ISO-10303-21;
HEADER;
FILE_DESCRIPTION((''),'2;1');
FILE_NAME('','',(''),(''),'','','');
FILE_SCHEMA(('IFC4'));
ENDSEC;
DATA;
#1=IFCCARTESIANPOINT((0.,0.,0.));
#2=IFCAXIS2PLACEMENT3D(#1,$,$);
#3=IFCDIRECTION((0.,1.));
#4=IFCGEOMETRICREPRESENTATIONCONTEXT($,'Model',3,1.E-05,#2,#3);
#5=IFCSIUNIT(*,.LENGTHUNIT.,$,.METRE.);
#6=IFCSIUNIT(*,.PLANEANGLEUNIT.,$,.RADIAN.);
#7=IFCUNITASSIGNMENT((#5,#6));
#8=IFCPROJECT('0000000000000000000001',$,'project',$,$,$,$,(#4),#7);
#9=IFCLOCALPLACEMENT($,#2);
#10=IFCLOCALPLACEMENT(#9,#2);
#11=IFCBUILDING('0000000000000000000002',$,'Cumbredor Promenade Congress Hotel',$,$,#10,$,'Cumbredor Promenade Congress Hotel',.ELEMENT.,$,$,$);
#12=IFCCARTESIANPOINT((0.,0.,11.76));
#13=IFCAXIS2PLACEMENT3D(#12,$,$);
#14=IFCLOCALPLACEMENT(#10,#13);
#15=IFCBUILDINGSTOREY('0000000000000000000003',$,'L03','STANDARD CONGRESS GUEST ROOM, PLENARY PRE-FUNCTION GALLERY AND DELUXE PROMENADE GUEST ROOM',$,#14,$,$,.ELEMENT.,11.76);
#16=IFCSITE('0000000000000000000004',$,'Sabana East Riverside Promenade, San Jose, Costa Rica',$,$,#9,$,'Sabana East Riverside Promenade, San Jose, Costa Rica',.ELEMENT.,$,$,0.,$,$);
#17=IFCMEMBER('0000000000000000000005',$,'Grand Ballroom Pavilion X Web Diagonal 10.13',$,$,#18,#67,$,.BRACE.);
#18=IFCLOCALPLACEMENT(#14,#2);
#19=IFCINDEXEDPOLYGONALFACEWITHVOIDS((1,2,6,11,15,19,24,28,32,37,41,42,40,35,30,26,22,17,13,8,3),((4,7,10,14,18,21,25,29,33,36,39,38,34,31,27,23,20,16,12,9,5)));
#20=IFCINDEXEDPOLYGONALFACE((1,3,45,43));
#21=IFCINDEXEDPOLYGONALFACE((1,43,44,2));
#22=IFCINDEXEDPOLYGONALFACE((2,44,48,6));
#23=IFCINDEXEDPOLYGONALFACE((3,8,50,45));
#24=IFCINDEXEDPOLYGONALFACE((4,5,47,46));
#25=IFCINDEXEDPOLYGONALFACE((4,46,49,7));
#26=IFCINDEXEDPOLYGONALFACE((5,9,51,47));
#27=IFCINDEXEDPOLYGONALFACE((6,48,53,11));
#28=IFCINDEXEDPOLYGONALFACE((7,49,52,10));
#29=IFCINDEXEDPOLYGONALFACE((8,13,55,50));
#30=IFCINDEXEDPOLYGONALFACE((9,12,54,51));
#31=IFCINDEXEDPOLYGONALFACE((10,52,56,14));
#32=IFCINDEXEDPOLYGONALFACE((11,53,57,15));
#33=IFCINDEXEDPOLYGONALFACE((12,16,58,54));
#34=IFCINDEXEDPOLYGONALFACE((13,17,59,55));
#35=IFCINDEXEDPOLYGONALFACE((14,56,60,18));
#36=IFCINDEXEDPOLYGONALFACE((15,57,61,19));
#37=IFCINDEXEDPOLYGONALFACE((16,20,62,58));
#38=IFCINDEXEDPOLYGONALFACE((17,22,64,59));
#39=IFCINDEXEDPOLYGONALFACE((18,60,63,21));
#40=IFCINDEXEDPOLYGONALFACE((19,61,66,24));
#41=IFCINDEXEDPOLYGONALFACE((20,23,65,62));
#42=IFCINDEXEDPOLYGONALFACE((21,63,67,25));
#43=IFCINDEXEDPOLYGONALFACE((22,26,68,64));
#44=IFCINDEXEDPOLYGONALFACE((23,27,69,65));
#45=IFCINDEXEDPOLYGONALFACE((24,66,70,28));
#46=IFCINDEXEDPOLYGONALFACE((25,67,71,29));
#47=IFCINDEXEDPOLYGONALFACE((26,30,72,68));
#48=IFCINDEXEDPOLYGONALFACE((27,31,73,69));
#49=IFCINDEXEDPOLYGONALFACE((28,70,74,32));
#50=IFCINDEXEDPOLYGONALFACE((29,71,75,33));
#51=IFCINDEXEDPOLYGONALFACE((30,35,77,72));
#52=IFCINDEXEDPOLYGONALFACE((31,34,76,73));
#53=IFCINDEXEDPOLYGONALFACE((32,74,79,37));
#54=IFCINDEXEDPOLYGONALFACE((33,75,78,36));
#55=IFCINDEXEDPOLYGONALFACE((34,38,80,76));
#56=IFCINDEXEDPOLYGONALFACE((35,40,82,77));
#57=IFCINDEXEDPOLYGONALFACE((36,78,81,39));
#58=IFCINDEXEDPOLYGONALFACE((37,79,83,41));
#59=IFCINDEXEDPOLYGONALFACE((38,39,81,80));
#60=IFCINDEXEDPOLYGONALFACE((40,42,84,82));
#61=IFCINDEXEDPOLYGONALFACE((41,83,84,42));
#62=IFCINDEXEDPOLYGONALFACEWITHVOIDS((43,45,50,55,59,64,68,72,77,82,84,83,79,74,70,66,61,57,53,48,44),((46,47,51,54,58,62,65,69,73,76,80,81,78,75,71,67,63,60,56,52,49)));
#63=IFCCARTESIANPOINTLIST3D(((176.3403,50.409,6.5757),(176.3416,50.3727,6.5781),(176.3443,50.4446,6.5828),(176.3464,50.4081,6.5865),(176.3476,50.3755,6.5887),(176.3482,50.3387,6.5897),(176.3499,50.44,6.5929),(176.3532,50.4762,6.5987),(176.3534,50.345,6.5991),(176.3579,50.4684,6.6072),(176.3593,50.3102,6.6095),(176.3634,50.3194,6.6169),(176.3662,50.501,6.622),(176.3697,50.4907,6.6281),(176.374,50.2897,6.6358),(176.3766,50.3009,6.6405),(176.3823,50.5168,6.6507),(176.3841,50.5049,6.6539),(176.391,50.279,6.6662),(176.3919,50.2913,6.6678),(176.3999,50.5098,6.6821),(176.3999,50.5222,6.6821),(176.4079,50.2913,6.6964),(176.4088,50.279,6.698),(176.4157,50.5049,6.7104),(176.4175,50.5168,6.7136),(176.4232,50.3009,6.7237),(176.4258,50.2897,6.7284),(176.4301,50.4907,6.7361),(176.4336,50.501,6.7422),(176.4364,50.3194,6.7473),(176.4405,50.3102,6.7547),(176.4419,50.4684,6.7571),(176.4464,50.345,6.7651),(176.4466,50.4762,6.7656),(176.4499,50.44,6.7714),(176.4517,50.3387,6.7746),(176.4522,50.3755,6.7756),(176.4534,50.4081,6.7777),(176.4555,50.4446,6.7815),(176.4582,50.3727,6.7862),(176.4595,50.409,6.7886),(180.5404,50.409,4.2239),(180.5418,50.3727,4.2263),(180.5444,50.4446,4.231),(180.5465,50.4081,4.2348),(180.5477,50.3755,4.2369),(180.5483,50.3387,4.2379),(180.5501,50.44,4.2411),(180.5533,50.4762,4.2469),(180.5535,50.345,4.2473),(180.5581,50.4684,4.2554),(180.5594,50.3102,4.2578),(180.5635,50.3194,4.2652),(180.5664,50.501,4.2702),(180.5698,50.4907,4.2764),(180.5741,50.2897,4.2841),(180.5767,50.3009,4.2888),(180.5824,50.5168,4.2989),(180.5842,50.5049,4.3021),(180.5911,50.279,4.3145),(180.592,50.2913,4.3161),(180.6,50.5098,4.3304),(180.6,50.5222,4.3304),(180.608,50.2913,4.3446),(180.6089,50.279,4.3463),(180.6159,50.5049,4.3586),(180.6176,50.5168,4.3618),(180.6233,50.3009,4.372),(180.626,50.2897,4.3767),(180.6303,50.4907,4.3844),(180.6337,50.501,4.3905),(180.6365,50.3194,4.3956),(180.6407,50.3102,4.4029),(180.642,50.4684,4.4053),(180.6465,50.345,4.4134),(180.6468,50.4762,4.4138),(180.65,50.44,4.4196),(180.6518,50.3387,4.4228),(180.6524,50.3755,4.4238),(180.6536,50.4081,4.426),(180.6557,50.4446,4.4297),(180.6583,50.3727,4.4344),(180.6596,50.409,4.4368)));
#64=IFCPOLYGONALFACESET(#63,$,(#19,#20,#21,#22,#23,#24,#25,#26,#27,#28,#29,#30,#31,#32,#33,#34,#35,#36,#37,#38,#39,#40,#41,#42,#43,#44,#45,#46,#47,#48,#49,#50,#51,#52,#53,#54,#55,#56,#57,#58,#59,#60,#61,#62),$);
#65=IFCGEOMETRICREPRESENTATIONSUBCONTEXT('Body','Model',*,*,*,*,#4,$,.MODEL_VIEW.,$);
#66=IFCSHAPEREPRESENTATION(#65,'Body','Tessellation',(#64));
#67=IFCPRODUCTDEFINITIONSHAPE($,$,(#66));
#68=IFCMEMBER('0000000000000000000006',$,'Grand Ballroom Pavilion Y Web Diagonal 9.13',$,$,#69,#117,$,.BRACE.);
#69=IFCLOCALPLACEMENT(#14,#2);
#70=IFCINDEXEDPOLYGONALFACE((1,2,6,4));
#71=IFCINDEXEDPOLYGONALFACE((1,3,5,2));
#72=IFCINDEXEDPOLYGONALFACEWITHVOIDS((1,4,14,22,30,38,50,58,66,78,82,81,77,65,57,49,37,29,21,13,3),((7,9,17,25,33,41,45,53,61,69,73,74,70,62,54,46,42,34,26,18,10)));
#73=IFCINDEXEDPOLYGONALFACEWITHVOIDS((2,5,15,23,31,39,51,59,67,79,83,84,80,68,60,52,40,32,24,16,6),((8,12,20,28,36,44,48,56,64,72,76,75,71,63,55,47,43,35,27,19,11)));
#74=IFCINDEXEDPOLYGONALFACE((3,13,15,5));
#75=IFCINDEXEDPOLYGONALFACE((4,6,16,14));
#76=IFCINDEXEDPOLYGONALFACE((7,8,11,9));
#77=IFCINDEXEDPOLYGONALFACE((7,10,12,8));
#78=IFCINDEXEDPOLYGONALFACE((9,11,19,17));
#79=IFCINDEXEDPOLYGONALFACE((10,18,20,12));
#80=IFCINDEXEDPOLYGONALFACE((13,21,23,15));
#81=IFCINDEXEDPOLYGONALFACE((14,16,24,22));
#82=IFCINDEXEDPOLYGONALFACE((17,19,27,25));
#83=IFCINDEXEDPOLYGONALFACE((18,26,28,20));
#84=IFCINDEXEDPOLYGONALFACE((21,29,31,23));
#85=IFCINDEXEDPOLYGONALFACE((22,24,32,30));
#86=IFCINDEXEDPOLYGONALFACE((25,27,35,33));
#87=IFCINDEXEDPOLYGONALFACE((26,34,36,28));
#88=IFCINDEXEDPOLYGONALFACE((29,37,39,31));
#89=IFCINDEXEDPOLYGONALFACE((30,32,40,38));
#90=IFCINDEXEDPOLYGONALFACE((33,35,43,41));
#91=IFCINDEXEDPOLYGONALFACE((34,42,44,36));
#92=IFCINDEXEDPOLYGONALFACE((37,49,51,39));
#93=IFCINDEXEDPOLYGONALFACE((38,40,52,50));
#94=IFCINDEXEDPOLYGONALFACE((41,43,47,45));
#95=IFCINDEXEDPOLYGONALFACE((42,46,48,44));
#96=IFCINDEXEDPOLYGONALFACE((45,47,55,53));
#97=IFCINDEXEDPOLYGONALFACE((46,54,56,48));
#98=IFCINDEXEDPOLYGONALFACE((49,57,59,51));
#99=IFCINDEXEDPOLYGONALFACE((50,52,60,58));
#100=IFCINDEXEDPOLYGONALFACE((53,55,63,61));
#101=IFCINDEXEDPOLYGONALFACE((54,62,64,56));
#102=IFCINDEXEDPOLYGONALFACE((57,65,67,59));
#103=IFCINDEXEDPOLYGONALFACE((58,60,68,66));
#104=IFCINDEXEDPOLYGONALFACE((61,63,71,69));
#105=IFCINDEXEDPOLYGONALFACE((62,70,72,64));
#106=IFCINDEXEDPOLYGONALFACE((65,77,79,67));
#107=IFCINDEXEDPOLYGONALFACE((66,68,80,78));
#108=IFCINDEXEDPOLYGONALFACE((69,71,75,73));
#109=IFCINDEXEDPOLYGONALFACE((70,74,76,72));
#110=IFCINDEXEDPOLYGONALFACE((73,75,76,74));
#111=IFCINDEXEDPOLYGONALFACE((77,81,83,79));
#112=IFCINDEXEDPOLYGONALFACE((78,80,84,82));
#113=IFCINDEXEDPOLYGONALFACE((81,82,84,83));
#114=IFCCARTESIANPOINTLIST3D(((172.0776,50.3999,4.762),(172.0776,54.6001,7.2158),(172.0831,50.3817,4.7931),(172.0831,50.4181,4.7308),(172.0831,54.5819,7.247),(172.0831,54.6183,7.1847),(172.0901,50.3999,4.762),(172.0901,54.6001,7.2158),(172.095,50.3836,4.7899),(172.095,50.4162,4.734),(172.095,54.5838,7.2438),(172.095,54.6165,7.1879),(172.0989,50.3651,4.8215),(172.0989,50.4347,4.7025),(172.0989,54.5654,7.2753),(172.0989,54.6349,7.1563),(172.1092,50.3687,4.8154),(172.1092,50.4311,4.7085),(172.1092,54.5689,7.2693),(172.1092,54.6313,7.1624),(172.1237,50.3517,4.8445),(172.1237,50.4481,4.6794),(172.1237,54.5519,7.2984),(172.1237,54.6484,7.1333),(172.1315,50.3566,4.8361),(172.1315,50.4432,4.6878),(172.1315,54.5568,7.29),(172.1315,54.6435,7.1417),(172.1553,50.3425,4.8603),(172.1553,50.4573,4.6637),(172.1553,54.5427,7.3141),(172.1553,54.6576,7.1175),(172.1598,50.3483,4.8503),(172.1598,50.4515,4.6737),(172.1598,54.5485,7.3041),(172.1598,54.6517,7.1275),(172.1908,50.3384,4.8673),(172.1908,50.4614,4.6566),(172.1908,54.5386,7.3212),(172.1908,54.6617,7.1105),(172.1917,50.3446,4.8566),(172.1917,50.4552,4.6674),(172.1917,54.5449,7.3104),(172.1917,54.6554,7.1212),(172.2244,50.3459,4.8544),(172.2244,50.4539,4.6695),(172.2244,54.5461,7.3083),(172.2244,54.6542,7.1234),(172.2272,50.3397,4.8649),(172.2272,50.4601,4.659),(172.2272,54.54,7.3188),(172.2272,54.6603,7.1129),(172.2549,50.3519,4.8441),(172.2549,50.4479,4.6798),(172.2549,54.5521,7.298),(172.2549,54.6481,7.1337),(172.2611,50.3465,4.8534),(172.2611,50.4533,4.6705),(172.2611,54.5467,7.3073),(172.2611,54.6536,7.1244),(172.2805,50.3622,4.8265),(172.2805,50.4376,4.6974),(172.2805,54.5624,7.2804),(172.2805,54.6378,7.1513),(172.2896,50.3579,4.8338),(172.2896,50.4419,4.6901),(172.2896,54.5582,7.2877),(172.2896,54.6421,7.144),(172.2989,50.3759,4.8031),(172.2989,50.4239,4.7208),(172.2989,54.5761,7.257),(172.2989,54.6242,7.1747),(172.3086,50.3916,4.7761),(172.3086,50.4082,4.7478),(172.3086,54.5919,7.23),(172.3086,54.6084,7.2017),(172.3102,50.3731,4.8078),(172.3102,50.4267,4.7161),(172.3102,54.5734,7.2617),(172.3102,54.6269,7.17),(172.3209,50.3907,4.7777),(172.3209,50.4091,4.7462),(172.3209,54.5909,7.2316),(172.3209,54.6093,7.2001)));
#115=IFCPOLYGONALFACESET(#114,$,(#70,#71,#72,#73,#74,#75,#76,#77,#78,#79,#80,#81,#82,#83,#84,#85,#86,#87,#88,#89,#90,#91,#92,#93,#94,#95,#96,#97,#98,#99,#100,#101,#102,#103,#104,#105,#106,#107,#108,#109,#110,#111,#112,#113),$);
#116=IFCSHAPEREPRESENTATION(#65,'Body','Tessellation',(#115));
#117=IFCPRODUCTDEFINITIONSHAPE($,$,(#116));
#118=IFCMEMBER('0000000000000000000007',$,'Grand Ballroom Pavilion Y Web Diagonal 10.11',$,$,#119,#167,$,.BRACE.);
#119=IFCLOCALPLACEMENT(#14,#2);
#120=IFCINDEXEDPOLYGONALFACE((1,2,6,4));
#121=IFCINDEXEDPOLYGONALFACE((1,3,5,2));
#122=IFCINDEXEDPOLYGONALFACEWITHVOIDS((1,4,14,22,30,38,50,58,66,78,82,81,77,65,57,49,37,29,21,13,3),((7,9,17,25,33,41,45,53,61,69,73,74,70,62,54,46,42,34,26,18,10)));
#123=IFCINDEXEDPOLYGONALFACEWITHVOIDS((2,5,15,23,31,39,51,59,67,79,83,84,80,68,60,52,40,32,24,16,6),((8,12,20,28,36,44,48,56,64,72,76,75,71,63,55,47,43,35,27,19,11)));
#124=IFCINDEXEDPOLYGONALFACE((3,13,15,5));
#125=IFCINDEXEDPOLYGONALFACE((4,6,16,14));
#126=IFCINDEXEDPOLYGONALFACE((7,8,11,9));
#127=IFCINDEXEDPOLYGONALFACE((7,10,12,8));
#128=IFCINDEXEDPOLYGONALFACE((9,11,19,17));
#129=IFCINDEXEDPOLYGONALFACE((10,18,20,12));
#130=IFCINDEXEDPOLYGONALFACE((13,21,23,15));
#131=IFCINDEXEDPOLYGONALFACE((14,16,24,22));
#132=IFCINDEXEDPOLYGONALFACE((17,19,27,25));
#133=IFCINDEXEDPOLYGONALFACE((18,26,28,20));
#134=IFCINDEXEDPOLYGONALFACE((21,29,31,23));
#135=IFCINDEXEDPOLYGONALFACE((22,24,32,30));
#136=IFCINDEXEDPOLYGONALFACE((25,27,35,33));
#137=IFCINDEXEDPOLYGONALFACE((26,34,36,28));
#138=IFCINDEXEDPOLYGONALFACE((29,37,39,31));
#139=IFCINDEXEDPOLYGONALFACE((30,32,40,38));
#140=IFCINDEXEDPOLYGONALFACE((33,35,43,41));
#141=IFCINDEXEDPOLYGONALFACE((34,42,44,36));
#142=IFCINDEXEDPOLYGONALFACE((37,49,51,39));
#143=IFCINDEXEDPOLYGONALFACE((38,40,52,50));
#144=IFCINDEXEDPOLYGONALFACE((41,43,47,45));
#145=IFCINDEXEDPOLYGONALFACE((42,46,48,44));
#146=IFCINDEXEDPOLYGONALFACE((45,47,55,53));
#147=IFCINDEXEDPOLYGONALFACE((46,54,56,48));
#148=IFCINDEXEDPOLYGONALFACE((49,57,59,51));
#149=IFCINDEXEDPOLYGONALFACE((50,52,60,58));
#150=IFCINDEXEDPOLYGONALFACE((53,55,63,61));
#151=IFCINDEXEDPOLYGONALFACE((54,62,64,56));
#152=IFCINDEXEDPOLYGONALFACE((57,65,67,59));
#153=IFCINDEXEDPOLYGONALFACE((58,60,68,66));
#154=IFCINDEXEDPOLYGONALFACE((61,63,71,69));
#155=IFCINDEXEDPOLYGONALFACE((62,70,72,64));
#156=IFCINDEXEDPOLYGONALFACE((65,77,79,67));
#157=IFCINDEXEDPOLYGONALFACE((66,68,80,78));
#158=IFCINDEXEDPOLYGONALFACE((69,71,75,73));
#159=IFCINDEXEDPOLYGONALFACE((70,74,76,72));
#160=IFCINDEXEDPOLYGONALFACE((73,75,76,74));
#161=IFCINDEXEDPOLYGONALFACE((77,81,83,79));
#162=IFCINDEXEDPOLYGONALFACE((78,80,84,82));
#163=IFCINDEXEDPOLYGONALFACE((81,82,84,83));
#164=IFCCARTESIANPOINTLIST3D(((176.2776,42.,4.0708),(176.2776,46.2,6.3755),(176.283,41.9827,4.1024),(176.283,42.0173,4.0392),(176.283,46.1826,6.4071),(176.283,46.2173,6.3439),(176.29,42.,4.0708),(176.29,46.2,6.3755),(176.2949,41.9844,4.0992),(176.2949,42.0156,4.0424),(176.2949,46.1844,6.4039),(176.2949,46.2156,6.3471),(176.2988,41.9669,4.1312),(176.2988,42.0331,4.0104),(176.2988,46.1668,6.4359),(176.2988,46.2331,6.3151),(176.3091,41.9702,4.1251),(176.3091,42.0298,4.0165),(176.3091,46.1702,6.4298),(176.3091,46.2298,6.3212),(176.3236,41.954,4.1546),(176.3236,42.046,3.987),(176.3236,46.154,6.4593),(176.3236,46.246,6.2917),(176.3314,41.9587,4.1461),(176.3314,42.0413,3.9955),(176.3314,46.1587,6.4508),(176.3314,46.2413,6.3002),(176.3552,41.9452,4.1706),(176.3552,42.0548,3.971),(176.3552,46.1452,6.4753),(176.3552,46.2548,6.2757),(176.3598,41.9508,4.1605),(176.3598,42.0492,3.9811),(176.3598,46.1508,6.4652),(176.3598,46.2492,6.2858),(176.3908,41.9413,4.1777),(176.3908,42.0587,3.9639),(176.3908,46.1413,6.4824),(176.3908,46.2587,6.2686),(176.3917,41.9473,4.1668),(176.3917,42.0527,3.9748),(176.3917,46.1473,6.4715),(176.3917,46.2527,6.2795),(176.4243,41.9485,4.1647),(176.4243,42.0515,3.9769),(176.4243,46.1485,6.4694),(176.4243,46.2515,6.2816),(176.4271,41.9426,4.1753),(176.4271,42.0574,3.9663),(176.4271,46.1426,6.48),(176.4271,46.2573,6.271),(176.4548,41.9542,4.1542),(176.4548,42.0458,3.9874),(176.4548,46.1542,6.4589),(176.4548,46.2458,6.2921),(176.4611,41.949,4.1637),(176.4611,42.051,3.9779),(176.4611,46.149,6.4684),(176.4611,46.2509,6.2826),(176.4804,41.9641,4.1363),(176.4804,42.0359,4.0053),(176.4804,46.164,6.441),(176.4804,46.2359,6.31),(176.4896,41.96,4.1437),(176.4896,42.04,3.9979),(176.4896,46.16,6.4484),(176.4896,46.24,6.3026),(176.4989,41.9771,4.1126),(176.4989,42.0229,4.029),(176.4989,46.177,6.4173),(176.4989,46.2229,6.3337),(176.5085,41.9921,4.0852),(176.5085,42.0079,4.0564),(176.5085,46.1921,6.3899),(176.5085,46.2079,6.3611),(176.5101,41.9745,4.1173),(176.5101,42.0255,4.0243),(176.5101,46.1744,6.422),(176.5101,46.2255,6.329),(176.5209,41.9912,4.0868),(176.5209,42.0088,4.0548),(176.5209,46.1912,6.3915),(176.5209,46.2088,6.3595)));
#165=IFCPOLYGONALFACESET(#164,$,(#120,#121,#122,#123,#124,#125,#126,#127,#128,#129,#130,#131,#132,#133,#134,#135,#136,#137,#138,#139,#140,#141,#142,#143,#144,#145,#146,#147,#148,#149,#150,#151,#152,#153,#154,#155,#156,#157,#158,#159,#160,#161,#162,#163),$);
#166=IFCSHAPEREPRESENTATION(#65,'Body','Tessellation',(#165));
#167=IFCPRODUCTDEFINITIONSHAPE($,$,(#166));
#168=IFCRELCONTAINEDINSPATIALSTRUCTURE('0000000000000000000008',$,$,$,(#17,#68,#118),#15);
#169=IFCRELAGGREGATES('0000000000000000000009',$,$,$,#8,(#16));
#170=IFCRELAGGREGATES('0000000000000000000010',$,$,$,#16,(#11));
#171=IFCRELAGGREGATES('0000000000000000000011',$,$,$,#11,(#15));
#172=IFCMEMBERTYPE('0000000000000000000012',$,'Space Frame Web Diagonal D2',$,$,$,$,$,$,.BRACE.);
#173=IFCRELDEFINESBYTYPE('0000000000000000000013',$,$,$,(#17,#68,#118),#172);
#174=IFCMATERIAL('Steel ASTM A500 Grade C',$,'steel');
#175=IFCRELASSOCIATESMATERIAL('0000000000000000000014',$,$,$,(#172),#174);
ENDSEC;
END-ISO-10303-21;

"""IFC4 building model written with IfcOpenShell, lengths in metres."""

from ifc_helpers import new_model, si_unit, direction, frame, origin, origin_2d, place, context, subcontext, project, spatial, hollow_circle, extrude, material, material_profile, profile_set, type_object, element, save


model = new_model("IFC4")

# Units and contexts
model_context = context("Model", 3, precision=1e-05, world=origin(), true_north=direction((0.0, 1.0)))
body_context = subcontext(model_context, "Body", "Model", "MODEL_VIEW")
ifc_project = project(units=[si_unit("LENGTHUNIT", "METRE"), si_unit("PLANEANGLEUNIT", "RADIAN")], contexts=[model_context])

# Site, building, storey
site_placement = place(None, origin())
site = spatial("IfcSite", under=ifc_project, at=site_placement, Name="Sabana East Riverside Promenade, San Jose, Costa Rica", LongName="Sabana East Riverside Promenade, San Jose, Costa Rica", CompositionType="ELEMENT", RefElevation=0.0)
building_placement = place(site_placement, origin())
building = spatial("IfcBuilding", under=site, at=building_placement, Name="Cumbredor Promenade Congress Hotel", LongName="Cumbredor Promenade Congress Hotel", CompositionType="ELEMENT")
storey_placement = place(building_placement, frame((0.0, 0.0, 11.76)))
storey = spatial("IfcBuildingStorey", under=building, at=storey_placement, Name="L03", Description="STANDARD CONGRESS GUEST ROOM, PLENARY PRE-FUNCTION GALLERY AND DELUXE PROMENADE GUEST ROOM", CompositionType="ELEMENT", Elevation=11.76)

# Members
ifc_material_1 = material(Name="Steel ASTM A500 Grade C", Category="steel")
ifc_material_profile_1 = material_profile(ifc_material_1, hollow_circle(Radius=0.1223, WallThickness=0.0125, at=origin_2d()), Name="CHS 244.5x12.5")
ifc_profile_set_1 = profile_set([ifc_material_profile_1], Name="Steel ASTM A500 Grade C")
member_type_1 = type_object("IfcMemberType", Name="Space Frame Web Diagonal D2", PredefinedType="BRACE", material=ifc_profile_set_1)
member_1_placement = place(storey_placement, frame((176.3999, 50.3999, 6.6821), z_axis=(0.872533, 0.0, -0.488555), x_axis=(0.0, 1.0, 0.0)))
element("IfcMember", 1, at=member_1_placement, inside=storey, type_object=member_type_1, Name="Grand Ballroom Pavilion X Web Diagonal 10.13", PredefinedType="BRACE", context=body_context, shape_type="SweptSolid", body=[
    extrude(hollow_circle(Radius=0.1223, WallThickness=0.0125, at=origin_2d()), origin(), (0.0, 0.0, 1.0), 4.8137),
])
member_2_placement = place(storey_placement, frame((172.2, 50.3999, 4.762), z_axis=(0.0, 0.863444, 0.504445), x_axis=(-1.0, 0.0, 0.0)))
element("IfcMember", 2, at=member_2_placement, inside=storey, type_object=member_type_1, Name="Grand Ballroom Pavilion Y Web Diagonal 9.13", PredefinedType="BRACE", context=body_context, shape_type="SweptSolid", body=[
    extrude(hollow_circle(Radius=0.1223, WallThickness=0.0125, at=origin_2d()), origin(), (0.0, 0.0, 1.0), 4.8645),
])
member_3_placement = place(storey_placement, frame((176.3999, 42.0, 4.0708), z_axis=(0.0, 0.876681, 0.481071), x_axis=(-1.0, 0.0, 0.0)))
element("IfcMember", 3, at=member_3_placement, inside=storey, type_object=member_type_1, Name="Grand Ballroom Pavilion Y Web Diagonal 10.11", PredefinedType="BRACE", context=body_context, shape_type="SweptSolid", body=[
    extrude(hollow_circle(Radius=0.1223, WallThickness=0.0125, at=origin_2d()), origin(), (0.0, 0.0, 1.0), 4.7908),
])

save(model, "model.ifc")
